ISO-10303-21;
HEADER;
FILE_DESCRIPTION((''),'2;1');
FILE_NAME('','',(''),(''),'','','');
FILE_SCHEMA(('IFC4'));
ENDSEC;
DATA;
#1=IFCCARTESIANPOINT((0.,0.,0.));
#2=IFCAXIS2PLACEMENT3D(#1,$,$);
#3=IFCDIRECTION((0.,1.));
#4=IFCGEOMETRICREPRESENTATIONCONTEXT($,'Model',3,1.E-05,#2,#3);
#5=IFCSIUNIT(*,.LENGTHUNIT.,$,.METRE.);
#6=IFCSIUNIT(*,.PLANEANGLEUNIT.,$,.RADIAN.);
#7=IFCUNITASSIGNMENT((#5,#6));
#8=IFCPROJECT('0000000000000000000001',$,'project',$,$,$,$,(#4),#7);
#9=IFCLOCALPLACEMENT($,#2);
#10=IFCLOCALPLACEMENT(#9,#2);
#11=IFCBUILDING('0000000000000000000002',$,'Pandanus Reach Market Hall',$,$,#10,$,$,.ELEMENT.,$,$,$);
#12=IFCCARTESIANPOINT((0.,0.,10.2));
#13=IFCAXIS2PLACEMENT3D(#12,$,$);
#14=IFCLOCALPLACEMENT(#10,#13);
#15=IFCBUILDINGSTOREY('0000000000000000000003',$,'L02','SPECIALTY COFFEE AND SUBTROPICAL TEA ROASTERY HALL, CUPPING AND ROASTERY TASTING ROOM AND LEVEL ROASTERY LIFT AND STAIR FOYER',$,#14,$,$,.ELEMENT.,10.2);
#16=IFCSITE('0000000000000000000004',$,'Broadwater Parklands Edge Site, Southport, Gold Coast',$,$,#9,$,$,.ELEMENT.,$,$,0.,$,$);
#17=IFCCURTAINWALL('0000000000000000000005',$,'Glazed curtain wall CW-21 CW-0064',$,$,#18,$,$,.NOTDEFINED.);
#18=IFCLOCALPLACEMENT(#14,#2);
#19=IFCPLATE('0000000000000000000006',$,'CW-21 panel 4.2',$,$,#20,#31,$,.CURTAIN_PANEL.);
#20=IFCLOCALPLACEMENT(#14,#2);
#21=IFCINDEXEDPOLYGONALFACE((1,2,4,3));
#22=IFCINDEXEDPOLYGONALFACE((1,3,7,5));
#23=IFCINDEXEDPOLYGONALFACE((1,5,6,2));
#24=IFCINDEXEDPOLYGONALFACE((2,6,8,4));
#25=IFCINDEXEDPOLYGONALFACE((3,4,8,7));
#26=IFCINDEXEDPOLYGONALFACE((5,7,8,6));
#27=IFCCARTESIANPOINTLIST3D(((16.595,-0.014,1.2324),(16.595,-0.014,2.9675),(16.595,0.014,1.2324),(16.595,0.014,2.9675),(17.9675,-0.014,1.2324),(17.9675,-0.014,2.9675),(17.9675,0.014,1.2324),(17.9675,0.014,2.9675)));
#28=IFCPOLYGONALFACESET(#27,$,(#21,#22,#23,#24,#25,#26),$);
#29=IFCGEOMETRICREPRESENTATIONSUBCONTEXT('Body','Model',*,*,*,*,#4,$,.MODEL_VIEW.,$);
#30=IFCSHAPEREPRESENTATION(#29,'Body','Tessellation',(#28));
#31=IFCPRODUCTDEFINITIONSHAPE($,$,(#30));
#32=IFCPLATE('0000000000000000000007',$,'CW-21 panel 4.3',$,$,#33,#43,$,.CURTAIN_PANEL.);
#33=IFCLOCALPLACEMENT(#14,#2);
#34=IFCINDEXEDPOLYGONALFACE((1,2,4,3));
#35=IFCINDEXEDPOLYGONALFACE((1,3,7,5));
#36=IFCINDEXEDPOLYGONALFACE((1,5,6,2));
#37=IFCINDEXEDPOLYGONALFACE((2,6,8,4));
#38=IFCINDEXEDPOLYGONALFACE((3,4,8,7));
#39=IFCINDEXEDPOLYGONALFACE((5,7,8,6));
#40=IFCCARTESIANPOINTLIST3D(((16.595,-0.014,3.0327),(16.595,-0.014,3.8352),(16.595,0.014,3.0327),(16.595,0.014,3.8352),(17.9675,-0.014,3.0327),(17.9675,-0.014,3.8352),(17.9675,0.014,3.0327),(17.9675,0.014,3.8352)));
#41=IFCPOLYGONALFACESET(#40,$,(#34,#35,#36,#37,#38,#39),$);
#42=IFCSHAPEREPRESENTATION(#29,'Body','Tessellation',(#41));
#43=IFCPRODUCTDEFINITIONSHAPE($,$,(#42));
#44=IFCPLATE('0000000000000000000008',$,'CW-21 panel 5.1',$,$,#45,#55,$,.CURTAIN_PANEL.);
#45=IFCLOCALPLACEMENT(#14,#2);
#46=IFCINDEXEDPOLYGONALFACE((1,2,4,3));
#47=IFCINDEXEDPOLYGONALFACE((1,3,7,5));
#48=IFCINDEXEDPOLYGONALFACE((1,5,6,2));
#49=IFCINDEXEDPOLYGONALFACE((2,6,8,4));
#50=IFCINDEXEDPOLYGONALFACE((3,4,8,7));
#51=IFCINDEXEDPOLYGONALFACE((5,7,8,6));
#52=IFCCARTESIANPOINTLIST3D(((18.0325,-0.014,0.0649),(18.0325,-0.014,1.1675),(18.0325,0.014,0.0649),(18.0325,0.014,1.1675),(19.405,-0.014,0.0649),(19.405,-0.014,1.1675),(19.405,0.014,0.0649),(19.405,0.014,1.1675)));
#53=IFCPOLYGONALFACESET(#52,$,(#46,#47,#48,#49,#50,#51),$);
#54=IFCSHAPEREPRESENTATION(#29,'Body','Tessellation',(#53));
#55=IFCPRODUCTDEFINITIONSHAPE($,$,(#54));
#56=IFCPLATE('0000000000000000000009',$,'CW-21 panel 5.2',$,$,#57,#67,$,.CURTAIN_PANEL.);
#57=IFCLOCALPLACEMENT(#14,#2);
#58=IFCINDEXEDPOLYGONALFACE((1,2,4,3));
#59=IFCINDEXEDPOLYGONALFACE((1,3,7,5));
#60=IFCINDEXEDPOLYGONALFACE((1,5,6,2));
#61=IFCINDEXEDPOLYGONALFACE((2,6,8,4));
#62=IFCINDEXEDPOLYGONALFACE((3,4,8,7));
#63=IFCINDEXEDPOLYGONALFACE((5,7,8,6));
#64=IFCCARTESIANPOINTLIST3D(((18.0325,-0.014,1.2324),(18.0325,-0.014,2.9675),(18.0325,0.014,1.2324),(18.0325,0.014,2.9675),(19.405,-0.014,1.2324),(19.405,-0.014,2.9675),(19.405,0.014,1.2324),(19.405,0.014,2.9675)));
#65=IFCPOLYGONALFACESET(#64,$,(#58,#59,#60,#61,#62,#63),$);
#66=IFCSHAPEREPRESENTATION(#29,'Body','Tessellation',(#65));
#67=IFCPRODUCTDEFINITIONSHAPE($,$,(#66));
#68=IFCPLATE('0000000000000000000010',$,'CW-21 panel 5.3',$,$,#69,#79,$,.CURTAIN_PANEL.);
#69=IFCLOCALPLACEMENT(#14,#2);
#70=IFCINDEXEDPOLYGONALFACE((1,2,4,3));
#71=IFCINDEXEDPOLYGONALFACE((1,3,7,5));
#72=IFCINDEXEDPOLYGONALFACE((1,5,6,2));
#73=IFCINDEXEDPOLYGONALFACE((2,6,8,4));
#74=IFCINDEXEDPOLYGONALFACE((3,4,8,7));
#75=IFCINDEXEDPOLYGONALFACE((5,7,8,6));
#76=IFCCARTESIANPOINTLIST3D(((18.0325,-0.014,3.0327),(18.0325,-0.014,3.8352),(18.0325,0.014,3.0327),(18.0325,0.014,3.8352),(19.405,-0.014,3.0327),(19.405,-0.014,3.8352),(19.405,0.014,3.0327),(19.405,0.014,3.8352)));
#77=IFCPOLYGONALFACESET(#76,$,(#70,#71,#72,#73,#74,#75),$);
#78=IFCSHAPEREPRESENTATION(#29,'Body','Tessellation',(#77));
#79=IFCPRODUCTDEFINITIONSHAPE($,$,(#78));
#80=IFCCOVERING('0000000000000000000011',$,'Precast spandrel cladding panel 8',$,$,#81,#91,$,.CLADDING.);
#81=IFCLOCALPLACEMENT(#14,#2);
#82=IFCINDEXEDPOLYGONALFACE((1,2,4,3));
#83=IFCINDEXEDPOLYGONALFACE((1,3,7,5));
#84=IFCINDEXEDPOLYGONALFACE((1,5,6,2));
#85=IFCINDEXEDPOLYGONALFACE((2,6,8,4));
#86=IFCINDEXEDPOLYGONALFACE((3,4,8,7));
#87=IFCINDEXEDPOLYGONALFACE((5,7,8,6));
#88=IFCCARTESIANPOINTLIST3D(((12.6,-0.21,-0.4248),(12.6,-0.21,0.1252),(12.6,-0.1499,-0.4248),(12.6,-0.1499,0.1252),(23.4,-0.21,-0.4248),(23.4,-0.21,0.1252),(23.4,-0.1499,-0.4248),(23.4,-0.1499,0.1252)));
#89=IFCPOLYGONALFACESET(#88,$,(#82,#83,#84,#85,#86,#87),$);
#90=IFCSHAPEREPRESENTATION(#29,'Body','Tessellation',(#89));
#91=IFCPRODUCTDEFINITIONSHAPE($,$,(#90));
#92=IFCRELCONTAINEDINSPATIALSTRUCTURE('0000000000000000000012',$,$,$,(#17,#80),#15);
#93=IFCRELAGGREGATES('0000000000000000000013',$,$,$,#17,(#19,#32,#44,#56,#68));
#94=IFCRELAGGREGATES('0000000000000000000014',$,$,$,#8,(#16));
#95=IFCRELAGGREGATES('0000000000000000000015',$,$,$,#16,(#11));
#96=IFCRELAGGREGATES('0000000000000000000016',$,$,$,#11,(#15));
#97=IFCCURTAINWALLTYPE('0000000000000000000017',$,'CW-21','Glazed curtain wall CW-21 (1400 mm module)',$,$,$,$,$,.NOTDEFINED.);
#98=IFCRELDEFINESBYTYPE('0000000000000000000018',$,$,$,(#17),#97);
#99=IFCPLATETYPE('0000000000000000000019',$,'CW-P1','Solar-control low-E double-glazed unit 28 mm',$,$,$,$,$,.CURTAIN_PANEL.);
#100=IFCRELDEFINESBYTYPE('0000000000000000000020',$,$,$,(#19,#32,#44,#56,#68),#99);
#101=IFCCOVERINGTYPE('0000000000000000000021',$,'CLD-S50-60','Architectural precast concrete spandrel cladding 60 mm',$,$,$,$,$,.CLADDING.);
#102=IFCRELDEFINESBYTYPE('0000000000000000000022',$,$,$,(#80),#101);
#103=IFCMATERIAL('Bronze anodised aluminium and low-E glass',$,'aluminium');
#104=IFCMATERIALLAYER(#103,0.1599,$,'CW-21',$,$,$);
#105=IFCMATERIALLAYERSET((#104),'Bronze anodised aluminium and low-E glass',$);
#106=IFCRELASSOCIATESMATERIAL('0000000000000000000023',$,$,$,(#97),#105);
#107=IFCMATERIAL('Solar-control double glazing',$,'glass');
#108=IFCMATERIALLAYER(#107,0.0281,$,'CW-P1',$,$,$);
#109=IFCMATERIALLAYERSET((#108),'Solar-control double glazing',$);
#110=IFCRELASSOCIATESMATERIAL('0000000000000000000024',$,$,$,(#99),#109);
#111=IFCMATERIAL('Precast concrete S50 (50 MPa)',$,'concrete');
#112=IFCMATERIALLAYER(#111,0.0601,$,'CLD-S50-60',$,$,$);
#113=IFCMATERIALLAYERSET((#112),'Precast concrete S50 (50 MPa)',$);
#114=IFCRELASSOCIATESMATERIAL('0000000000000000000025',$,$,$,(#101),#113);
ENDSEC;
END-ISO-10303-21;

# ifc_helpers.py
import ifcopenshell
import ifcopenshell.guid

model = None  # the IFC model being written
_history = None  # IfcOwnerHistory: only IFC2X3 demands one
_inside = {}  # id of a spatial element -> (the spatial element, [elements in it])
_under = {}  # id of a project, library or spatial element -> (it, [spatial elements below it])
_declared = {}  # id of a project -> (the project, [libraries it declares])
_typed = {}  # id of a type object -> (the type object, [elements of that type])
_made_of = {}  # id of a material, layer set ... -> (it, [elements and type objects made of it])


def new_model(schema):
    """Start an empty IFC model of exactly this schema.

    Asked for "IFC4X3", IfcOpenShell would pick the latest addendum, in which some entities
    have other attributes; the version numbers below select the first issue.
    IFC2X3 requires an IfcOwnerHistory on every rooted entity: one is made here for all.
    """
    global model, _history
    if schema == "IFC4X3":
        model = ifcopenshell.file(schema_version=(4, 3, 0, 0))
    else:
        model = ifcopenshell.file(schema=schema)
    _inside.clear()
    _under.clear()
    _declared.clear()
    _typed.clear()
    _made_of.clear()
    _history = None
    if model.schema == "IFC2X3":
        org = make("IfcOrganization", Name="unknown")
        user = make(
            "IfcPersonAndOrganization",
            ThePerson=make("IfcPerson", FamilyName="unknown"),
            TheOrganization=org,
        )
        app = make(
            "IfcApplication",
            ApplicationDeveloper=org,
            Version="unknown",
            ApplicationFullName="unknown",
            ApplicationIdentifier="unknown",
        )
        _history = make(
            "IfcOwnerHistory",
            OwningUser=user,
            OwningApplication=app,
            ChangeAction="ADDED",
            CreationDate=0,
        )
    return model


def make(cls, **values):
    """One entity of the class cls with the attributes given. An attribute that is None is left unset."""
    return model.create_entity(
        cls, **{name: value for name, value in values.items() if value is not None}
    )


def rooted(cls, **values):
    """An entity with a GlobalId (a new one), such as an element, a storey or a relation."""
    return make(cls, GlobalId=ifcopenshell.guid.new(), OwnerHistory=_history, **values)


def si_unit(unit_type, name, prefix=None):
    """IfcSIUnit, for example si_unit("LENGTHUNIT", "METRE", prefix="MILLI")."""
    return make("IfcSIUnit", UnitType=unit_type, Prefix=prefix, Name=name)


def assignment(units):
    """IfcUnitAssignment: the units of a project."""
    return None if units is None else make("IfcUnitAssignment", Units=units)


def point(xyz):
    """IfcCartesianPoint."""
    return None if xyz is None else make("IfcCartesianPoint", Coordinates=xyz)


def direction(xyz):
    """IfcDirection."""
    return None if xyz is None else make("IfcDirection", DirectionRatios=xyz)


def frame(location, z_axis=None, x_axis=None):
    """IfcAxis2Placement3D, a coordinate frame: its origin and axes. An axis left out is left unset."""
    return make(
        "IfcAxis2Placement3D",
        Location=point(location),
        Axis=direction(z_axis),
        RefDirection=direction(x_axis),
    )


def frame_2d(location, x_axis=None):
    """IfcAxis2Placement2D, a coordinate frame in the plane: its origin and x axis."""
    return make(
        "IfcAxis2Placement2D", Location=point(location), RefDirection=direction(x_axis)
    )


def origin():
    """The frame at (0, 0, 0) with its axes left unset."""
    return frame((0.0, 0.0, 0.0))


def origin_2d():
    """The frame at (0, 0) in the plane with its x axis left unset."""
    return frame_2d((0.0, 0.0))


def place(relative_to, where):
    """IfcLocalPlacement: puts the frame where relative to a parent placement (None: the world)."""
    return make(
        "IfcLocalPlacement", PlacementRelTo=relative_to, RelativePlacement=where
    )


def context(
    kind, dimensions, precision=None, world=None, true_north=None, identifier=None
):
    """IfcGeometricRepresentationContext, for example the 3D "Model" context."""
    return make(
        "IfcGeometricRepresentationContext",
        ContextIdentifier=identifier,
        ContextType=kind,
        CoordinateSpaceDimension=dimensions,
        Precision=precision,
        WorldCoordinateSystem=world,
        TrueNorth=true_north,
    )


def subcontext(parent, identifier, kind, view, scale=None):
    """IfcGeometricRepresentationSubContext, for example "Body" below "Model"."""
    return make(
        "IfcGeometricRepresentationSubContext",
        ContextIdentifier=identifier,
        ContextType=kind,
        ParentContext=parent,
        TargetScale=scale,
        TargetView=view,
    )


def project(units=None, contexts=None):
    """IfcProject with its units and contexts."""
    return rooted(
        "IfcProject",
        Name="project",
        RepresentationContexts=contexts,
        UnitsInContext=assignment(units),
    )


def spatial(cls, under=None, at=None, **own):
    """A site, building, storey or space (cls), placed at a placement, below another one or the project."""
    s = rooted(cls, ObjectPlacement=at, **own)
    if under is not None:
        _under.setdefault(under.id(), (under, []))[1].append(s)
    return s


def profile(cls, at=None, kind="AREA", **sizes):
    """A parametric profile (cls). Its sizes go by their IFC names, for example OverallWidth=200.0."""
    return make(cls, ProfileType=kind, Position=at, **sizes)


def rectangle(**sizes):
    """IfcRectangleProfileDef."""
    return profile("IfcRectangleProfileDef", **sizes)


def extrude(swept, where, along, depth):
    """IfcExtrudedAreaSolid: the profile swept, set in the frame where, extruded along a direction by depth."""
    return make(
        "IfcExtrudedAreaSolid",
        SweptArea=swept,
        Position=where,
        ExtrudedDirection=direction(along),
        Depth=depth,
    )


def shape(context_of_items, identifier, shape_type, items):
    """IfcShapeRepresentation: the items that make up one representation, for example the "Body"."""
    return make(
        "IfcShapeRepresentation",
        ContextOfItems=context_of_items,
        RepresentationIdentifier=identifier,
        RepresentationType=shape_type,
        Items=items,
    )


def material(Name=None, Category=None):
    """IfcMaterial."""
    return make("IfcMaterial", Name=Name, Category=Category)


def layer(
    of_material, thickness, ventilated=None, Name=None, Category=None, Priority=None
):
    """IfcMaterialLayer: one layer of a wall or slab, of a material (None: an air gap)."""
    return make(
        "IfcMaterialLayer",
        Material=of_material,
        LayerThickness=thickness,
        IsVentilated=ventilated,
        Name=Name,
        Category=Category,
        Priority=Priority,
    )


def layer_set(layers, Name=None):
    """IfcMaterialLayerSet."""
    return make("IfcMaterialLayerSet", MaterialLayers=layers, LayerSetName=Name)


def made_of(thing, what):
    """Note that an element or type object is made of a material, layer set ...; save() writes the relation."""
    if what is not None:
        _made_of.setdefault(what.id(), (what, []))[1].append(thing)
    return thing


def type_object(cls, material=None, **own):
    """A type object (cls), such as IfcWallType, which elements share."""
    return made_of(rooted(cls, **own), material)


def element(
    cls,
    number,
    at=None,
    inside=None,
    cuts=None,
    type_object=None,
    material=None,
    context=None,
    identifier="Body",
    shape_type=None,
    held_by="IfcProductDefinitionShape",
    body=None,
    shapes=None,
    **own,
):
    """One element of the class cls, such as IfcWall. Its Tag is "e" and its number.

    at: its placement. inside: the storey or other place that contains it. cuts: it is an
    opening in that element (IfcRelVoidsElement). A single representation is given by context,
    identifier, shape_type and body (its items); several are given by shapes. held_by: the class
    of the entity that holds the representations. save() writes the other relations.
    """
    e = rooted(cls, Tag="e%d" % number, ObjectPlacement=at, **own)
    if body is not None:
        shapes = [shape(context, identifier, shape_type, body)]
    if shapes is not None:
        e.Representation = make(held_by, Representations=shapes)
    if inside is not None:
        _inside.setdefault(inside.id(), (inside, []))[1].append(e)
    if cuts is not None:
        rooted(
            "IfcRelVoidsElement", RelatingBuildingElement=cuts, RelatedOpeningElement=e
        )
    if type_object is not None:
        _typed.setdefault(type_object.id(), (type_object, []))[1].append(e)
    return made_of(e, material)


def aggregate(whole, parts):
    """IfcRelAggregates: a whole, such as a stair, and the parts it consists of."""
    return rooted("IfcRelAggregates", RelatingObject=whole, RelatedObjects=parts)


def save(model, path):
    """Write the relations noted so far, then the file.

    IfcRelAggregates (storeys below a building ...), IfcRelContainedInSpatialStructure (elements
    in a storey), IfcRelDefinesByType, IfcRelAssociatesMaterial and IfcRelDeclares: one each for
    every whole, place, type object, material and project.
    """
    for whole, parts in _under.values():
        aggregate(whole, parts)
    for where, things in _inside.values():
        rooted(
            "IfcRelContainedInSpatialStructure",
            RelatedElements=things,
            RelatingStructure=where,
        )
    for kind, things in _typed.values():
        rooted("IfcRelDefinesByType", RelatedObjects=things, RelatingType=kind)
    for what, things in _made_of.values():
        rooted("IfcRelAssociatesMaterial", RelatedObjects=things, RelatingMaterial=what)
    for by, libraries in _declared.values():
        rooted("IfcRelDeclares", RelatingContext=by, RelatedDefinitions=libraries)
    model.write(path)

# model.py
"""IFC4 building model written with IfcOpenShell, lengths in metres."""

from ifc_helpers import new_model, si_unit, direction, frame, origin, origin_2d, place, context, subcontext, project, spatial, rectangle, extrude, material, layer, layer_set, type_object, element, aggregate, save


model = new_model("IFC4")

# Units and contexts
model_context = context("Model", 3, precision=1e-05, world=origin(), true_north=direction((0.0, 1.0)))
body_context = subcontext(model_context, "Body", "Model", "MODEL_VIEW")
ifc_project = project(units=[si_unit("LENGTHUNIT", "METRE"), si_unit("PLANEANGLEUNIT", "RADIAN")], contexts=[model_context])

# Site, building, storey
site_placement = place(None, origin())
site = spatial("IfcSite", under=ifc_project, at=site_placement, Name="Broadwater Parklands Edge Site, Southport, Gold Coast", CompositionType="ELEMENT", RefElevation=0.0)
building_placement = place(site_placement, origin())
building = spatial("IfcBuilding", under=site, at=building_placement, Name="Pandanus Reach Market Hall", CompositionType="ELEMENT")
storey_placement = place(building_placement, frame((0.0, 0.0, 10.2)))
storey = spatial("IfcBuildingStorey", under=building, at=storey_placement, Name="L02", Description="SPECIALTY COFFEE AND SUBTROPICAL TEA ROASTERY HALL, CUPPING AND ROASTERY TASTING ROOM AND LEVEL ROASTERY LIFT AND STAIR FOYER", CompositionType="ELEMENT", Elevation=10.2)

# Curtain wall, plates
ifc_material_1 = material(Name="Bronze anodised aluminium and low-E glass", Category="aluminium")
ifc_layer_1 = layer(ifc_material_1, 0.1599, Name="CW-21")
ifc_layer_set_1 = layer_set([ifc_layer_1], Name="Bronze anodised aluminium and low-E glass")
curtain_wall_type = type_object("IfcCurtainWallType", Name="CW-21", Description="Glazed curtain wall CW-21 (1400 mm module)", PredefinedType="NOTDEFINED", material=ifc_layer_set_1)
curtain_wall_placement = place(storey_placement, origin())
curtain_wall = element("IfcCurtainWall", 1, at=curtain_wall_placement, inside=storey, type_object=curtain_wall_type, Name="Glazed curtain wall CW-21 CW-0064", PredefinedType="NOTDEFINED")
ifc_material_2 = material(Name="Solar-control double glazing", Category="glass")
ifc_layer_2 = layer(ifc_material_2, 0.0281, Name="CW-P1")
ifc_layer_set_2 = layer_set([ifc_layer_2], Name="Solar-control double glazing")
plate_type = type_object("IfcPlateType", Name="CW-P1", Description="Solar-control low-E double-glazed unit 28 mm", PredefinedType="CURTAIN_PANEL", material=ifc_layer_set_2)
plate_1_placement = place(storey_placement, frame((17.2812, 0.0, 1.2324), z_axis=(0.0, 0.0, 1.0), x_axis=(1.0, 0.0, 0.0)))
plate_1 = element("IfcPlate", 2, at=plate_1_placement, type_object=plate_type, Name="CW-21 panel 4.2", PredefinedType="CURTAIN_PANEL", context=body_context, shape_type="SweptSolid", body=[
    extrude(rectangle(XDim=1.3726, YDim=0.0281, at=origin_2d()), origin(), (0.0, 0.0, 1.0), 1.7351),
])
plate_2_placement = place(storey_placement, frame((17.2812, 0.0, 3.0327), z_axis=(0.0, 0.0, 1.0), x_axis=(1.0, 0.0, 0.0)))
plate_2 = element("IfcPlate", 3, at=plate_2_placement, type_object=plate_type, Name="CW-21 panel 4.3", PredefinedType="CURTAIN_PANEL", context=body_context, shape_type="SweptSolid", body=[
    extrude(rectangle(XDim=1.3726, YDim=0.0281, at=origin_2d()), origin(), (0.0, 0.0, 1.0), 0.8025),
])
plate_3_placement = place(storey_placement, frame((18.7188, 0.0, 0.0649), z_axis=(0.0, 0.0, 1.0), x_axis=(1.0, 0.0, 0.0)))
plate_3 = element("IfcPlate", 4, at=plate_3_placement, type_object=plate_type, Name="CW-21 panel 5.1", PredefinedType="CURTAIN_PANEL", context=body_context, shape_type="SweptSolid", body=[
    extrude(rectangle(XDim=1.3726, YDim=0.0281, at=origin_2d()), origin(), (0.0, 0.0, 1.0), 1.1025),
])
plate_4_placement = place(storey_placement, frame((18.7188, 0.0, 1.2324), z_axis=(0.0, 0.0, 1.0), x_axis=(1.0, 0.0, 0.0)))
plate_4 = element("IfcPlate", 5, at=plate_4_placement, type_object=plate_type, Name="CW-21 panel 5.2", PredefinedType="CURTAIN_PANEL", context=body_context, shape_type="SweptSolid", body=[
    extrude(rectangle(XDim=1.3726, YDim=0.0281, at=origin_2d()), origin(), (0.0, 0.0, 1.0), 1.7351),
])
plate_5_placement = place(storey_placement, frame((18.7188, 0.0, 3.0327), z_axis=(0.0, 0.0, 1.0), x_axis=(1.0, 0.0, 0.0)))
plate_5 = element("IfcPlate", 6, at=plate_5_placement, type_object=plate_type, Name="CW-21 panel 5.3", PredefinedType="CURTAIN_PANEL", context=body_context, shape_type="SweptSolid", body=[
    extrude(rectangle(XDim=1.3726, YDim=0.0281, at=origin_2d()), origin(), (0.0, 0.0, 1.0), 0.8025),
])
aggregate(curtain_wall, [plate_1, plate_2, plate_3, plate_4, plate_5])

# Covering
ifc_material_3 = material(Name="Precast concrete S50 (50 MPa)", Category="concrete")
ifc_layer_3 = layer(ifc_material_3, 0.0601, Name="CLD-S50-60")
ifc_layer_set_3 = layer_set([ifc_layer_3], Name="Precast concrete S50 (50 MPa)")
covering_type = type_object("IfcCoveringType", Name="CLD-S50-60", Description="Architectural precast concrete spandrel cladding 60 mm", PredefinedType="CLADDING", material=ifc_layer_set_3)
covering_placement = place(storey_placement, frame((18.0, -0.1799, -0.4248), z_axis=(0.0, 0.0, 1.0), x_axis=(1.0, 0.0, 0.0)))
element("IfcCovering", 7, at=covering_placement, inside=storey, type_object=covering_type, Name="Precast spandrel cladding panel 8", PredefinedType="CLADDING", context=body_context, shape_type="SweptSolid", body=[
    extrude(rectangle(XDim=10.8, YDim=0.0601, at=origin_2d()), origin(), (0.0, 0.0, 1.0), 0.55),
])

save(model, "model.ifc")
